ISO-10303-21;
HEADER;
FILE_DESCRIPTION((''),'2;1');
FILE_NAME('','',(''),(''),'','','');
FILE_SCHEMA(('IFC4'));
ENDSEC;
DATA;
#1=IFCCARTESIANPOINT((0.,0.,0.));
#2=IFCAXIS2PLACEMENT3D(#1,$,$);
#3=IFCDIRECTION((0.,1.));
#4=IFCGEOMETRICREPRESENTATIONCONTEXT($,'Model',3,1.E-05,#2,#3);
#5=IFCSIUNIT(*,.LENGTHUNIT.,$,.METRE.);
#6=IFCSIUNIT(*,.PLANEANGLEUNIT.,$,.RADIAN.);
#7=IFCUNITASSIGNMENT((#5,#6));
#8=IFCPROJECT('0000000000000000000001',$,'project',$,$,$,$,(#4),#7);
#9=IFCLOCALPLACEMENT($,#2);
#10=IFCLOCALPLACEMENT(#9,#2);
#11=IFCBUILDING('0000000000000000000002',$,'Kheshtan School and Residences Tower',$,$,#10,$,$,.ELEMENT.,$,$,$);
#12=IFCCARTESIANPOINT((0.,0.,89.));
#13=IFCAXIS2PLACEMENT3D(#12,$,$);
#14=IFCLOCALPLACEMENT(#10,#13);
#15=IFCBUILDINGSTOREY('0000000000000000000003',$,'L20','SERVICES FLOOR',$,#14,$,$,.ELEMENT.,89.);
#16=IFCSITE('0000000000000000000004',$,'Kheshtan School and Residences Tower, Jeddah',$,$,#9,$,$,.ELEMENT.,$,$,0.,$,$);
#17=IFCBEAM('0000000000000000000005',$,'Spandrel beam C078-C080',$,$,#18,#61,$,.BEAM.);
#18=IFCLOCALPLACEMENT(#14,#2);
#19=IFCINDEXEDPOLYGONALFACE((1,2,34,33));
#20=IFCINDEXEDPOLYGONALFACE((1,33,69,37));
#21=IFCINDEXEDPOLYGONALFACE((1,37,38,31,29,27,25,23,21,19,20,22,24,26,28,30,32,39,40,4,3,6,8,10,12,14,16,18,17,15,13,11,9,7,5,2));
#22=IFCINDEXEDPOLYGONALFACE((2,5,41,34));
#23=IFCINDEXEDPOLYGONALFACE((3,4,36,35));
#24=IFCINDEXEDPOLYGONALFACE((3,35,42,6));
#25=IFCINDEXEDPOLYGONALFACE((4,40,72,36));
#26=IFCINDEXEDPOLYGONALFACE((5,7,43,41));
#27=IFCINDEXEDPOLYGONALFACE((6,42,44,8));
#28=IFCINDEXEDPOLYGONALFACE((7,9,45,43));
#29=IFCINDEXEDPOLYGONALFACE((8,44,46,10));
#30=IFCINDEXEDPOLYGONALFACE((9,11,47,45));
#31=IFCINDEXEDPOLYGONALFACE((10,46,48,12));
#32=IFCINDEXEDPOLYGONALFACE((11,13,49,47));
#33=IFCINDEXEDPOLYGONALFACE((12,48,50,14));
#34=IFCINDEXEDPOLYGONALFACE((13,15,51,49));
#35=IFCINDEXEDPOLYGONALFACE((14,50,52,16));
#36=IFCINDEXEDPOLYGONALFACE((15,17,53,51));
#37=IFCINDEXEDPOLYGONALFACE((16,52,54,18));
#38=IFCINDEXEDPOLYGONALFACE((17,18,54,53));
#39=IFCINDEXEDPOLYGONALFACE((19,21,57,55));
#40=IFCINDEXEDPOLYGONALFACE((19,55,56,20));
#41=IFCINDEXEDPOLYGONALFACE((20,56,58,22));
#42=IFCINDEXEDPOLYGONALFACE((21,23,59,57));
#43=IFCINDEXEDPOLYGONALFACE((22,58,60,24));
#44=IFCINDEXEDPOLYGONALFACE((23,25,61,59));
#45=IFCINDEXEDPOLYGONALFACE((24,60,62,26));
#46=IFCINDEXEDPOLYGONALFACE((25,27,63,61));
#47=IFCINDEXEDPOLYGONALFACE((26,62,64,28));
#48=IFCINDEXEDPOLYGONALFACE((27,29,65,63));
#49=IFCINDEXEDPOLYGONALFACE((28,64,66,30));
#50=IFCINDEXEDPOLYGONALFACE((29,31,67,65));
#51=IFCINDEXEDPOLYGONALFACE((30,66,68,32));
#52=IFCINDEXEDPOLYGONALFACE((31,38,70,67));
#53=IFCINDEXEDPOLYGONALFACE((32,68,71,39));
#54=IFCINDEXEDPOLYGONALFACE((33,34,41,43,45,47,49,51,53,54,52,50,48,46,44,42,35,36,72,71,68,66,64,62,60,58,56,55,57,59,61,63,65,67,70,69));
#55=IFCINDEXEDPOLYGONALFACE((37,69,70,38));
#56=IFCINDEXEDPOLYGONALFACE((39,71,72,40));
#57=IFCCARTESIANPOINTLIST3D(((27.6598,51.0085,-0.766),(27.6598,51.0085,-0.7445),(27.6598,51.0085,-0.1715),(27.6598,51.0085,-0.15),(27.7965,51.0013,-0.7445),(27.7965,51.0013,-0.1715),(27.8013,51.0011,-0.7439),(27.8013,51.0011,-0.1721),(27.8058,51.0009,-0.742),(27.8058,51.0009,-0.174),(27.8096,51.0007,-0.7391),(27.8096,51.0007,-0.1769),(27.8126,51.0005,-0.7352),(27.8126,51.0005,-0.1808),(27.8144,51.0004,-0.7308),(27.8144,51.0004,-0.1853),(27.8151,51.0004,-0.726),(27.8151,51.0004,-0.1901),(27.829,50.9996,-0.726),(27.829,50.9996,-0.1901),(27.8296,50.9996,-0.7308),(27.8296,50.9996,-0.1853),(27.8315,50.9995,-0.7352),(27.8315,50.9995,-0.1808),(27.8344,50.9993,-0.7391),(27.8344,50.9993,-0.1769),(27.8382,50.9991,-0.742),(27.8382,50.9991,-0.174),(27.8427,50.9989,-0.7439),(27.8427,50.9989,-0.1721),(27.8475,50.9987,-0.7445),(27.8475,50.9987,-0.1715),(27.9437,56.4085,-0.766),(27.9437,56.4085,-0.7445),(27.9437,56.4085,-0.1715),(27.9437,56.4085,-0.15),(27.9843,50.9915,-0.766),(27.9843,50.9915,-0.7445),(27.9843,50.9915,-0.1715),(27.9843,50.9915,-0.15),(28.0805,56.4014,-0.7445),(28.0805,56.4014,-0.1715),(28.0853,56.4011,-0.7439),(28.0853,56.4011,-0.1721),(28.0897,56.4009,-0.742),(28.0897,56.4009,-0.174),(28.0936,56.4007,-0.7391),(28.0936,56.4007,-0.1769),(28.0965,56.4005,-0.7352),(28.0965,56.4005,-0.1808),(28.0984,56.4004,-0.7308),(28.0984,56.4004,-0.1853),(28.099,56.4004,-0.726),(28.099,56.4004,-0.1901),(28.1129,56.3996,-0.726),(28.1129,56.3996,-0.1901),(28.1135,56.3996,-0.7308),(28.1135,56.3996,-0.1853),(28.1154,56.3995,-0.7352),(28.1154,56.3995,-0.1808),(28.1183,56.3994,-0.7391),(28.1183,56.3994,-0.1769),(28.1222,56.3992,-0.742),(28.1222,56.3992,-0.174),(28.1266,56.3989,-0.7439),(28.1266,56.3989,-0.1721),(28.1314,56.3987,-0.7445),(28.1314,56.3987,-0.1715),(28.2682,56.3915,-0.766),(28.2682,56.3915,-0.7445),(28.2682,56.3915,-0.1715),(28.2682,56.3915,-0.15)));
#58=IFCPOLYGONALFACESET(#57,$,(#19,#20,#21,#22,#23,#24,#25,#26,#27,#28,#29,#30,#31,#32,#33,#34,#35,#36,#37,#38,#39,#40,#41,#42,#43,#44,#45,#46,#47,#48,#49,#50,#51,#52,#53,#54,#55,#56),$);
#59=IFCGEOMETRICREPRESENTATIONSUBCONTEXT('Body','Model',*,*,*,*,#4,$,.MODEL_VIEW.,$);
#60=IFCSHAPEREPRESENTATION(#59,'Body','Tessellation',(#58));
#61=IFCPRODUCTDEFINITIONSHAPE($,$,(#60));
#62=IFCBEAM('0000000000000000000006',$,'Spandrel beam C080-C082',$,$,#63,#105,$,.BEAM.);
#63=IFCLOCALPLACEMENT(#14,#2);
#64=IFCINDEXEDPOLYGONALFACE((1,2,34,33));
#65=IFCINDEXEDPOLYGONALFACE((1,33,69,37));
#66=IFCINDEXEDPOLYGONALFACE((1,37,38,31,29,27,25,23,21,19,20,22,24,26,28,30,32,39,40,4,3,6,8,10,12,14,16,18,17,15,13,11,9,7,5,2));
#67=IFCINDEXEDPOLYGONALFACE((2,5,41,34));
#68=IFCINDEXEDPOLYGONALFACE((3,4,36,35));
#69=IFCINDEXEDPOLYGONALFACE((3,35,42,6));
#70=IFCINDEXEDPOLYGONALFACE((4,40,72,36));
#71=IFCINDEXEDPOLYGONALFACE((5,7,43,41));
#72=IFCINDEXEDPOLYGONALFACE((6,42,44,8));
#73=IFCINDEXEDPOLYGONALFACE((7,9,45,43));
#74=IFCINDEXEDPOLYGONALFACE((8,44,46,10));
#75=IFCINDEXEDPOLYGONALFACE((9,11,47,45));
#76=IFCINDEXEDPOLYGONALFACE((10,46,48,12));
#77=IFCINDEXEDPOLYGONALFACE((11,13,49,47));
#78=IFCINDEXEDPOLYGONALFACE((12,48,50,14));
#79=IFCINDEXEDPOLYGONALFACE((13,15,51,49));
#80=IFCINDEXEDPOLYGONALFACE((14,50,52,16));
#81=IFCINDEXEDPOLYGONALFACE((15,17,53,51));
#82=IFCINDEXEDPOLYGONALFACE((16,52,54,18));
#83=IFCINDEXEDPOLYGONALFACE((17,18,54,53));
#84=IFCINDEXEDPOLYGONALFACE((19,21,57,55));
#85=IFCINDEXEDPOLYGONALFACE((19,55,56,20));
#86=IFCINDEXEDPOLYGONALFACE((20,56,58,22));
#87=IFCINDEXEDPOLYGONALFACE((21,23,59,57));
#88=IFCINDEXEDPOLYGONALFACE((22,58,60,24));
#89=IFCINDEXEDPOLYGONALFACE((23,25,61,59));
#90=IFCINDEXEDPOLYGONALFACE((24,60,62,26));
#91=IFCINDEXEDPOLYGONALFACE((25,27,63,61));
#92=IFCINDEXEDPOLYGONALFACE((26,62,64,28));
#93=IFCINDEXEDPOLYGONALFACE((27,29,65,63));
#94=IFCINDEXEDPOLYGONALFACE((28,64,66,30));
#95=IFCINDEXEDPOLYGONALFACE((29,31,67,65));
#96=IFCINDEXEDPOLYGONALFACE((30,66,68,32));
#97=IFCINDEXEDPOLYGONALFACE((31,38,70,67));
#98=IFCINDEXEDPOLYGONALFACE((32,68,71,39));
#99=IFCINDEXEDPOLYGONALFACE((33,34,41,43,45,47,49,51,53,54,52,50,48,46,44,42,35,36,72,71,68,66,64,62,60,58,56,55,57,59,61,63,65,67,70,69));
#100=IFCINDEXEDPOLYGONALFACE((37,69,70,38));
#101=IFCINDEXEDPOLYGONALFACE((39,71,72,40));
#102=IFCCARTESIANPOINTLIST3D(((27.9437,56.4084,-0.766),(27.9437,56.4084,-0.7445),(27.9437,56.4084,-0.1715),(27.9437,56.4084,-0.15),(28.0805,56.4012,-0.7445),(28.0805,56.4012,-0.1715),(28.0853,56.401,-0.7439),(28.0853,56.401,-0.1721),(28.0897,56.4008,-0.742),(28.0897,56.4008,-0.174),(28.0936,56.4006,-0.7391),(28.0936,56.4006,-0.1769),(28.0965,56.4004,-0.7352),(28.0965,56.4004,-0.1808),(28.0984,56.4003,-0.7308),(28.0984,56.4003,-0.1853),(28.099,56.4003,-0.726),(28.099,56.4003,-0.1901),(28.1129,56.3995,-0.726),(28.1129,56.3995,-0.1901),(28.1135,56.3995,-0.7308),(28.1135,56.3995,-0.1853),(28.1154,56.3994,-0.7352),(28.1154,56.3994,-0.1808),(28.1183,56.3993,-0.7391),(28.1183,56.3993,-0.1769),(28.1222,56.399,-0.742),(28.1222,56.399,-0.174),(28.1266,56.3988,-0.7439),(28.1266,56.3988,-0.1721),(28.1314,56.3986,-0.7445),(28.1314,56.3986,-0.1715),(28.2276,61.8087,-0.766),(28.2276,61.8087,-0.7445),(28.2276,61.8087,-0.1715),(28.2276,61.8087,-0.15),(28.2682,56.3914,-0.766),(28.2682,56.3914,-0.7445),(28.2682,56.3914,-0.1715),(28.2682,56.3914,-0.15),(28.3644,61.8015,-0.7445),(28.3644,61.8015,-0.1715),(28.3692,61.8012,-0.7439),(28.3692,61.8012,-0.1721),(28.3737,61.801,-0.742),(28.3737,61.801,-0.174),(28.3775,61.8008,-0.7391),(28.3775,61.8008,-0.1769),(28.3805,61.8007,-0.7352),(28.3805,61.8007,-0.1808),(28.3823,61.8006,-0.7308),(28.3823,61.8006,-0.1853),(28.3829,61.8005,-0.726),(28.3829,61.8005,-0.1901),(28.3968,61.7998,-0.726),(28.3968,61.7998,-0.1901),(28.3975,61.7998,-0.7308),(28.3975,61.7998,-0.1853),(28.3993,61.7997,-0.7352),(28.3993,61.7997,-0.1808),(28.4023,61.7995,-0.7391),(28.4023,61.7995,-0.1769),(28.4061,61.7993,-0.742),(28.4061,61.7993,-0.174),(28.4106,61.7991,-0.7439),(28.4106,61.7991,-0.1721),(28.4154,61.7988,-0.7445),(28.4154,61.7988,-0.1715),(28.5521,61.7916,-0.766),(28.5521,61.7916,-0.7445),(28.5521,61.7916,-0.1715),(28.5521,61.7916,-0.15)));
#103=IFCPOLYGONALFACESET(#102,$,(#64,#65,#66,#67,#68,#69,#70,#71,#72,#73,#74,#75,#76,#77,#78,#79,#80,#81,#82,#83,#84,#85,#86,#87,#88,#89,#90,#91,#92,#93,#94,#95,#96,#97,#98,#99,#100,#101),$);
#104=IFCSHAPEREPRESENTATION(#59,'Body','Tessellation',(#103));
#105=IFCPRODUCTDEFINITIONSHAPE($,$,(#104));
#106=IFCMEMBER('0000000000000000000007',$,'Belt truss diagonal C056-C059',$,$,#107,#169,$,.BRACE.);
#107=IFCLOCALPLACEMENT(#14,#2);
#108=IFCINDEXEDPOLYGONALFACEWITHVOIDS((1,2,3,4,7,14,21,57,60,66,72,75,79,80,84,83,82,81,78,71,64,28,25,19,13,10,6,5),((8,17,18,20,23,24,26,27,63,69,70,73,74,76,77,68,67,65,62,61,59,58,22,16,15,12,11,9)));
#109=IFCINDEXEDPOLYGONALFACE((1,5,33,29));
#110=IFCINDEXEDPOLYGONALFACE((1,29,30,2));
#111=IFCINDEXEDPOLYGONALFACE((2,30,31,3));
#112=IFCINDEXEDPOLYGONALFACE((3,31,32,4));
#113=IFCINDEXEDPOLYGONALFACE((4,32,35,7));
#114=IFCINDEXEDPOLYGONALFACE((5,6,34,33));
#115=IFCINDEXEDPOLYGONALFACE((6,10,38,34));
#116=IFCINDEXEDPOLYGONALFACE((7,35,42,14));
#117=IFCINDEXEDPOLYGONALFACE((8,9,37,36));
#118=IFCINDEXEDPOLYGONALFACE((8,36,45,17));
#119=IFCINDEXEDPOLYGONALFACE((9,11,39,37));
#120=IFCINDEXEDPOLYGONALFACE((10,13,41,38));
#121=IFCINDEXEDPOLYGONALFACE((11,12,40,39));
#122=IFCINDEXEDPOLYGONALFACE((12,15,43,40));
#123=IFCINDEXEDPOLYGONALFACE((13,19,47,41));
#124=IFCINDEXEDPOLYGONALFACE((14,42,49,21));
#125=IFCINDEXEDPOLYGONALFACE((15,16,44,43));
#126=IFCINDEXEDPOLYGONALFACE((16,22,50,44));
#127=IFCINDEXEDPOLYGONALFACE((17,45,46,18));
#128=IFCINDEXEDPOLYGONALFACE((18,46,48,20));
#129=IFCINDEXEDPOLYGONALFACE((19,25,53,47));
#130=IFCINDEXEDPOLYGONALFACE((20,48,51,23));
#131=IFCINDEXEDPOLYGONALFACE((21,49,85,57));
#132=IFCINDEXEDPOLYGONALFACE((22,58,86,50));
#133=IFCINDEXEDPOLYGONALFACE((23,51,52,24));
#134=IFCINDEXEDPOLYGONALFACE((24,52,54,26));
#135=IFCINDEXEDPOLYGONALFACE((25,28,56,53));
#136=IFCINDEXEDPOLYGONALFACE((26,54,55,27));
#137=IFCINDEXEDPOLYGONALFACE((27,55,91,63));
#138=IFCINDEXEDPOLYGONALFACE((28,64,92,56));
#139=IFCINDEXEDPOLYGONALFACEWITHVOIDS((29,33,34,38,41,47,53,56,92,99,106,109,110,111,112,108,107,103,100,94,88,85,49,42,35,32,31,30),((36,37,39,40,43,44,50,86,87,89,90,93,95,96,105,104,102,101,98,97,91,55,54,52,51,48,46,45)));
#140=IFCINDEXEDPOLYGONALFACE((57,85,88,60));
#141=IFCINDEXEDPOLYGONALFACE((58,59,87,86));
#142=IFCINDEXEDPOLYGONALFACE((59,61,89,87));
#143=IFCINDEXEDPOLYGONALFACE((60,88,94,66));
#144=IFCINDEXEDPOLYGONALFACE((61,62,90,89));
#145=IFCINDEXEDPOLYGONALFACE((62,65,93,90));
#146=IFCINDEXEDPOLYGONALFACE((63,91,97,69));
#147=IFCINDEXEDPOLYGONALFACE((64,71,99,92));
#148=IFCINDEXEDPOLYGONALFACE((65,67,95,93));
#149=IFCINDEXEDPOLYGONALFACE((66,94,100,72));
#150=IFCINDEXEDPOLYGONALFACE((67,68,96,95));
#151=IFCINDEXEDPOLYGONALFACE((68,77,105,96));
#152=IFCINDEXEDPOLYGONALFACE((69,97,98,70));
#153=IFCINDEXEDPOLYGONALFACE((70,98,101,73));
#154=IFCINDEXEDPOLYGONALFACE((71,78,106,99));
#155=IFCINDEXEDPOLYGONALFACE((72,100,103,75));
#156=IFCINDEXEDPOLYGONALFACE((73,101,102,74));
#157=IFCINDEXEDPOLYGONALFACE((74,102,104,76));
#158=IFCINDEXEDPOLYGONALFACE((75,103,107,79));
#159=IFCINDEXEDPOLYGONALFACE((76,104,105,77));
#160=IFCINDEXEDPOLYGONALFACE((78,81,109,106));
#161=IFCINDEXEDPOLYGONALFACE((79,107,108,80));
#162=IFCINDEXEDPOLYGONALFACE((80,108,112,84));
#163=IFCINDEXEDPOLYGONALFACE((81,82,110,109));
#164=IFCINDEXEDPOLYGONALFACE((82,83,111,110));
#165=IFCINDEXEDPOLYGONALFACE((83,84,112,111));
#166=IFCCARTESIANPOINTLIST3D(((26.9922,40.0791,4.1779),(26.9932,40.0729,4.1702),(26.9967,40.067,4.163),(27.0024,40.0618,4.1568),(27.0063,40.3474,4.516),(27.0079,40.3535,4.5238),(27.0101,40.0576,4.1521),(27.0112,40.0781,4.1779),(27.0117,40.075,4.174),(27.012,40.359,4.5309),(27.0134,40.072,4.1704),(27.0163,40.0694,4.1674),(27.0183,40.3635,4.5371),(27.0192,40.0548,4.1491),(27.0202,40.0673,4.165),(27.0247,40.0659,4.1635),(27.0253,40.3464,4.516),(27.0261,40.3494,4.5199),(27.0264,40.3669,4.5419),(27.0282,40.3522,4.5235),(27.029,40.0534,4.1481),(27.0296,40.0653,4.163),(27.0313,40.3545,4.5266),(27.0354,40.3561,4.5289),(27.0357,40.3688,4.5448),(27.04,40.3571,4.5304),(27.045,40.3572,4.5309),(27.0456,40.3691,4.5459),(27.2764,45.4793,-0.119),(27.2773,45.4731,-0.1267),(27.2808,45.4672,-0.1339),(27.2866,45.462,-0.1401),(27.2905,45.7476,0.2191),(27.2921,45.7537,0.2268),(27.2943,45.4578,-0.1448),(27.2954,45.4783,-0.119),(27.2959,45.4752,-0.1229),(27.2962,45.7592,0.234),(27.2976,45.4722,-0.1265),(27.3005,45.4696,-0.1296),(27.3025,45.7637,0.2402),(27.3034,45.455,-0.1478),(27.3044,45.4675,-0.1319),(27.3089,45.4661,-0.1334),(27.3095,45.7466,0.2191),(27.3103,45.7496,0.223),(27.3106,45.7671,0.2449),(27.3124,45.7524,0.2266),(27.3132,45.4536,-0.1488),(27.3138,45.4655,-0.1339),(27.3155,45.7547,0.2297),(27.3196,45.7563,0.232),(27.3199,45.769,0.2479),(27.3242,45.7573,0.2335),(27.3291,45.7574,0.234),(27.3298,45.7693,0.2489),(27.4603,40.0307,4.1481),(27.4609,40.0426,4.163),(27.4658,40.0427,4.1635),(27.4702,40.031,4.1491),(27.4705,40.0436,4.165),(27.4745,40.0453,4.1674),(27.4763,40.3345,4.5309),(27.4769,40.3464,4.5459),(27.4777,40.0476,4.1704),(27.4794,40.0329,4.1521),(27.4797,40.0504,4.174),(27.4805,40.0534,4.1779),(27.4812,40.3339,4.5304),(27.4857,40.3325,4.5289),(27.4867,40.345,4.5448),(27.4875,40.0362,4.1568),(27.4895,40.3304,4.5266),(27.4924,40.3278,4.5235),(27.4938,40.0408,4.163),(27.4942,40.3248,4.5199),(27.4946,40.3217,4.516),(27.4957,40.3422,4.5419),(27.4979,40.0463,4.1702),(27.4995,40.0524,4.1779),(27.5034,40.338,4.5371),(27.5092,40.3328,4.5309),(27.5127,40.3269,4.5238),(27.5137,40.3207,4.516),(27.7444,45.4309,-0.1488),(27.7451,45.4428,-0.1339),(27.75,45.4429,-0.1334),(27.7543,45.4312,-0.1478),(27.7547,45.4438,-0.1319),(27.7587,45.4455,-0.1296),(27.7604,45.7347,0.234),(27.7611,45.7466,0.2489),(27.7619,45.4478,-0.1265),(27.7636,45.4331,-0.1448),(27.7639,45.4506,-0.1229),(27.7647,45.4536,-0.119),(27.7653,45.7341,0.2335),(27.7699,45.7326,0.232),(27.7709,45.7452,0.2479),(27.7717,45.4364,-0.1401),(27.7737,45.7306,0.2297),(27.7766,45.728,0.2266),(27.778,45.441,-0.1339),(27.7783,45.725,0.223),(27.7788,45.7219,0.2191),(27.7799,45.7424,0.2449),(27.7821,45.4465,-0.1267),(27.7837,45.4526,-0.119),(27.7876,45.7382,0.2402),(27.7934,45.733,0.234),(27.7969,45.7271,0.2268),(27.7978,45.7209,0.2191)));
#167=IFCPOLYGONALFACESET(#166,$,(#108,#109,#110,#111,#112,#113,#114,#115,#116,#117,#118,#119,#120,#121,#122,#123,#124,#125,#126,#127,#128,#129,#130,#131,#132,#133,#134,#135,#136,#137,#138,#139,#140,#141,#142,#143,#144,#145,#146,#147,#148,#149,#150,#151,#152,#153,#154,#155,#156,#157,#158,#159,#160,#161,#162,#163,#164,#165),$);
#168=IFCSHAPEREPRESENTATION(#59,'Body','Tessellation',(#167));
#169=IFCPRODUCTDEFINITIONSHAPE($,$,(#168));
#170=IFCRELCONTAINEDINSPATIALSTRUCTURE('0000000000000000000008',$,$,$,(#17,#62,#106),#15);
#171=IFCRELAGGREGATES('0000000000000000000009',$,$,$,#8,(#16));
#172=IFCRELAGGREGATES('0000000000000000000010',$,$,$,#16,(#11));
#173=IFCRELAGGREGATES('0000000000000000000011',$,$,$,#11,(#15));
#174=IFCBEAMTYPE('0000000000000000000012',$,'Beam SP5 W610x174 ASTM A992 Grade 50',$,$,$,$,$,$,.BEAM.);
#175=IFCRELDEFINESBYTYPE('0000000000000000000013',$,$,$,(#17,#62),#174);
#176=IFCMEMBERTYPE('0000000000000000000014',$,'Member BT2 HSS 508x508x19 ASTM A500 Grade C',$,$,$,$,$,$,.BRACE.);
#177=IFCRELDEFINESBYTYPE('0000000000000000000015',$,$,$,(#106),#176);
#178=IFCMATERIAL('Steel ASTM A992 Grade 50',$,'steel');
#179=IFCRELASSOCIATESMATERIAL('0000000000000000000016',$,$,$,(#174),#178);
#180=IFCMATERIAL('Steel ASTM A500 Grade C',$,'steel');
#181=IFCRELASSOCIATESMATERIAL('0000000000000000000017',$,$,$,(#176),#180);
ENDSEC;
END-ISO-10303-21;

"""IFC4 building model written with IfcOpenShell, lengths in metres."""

from ifc_helpers import new_model, si_unit, direction, frame, origin, origin_2d, place, context, subcontext, project, spatial, hollow_rectangle, i_section, extrude, material, material_profile, profile_set, type_object, element, save


model = new_model("IFC4")

# Units and contexts
model_context = context("Model", 3, precision=1e-05, world=origin(), true_north=direction((0.0, 1.0)))
body_context = subcontext(model_context, "Body", "Model", "MODEL_VIEW")
ifc_project = project(units=[si_unit("LENGTHUNIT", "METRE"), si_unit("PLANEANGLEUNIT", "RADIAN")], contexts=[model_context])

# Site, building, storey
site_placement = place(None, origin())
site = spatial("IfcSite", under=ifc_project, at=site_placement, Name="Kheshtan School and Residences Tower, Jeddah", CompositionType="ELEMENT", RefElevation=0.0)
building_placement = place(site_placement, origin())
building = spatial("IfcBuilding", under=site, at=building_placement, Name="Kheshtan School and Residences Tower", CompositionType="ELEMENT")
storey_placement = place(building_placement, frame((0.0, 0.0, 89.0)))
storey = spatial("IfcBuildingStorey", under=building, at=storey_placement, Name="L20", Description="SERVICES FLOOR", CompositionType="ELEMENT", Elevation=89.0)

# Shared definitions
ifc_material_1 = material(Name="Steel ASTM A992 Grade 50", Category="steel")

# Beams
ifc_material_profile_1 = material_profile(ifc_material_1, i_section(OverallWidth=0.325, OverallDepth=0.616, WebThickness=0.0139, FlangeThickness=0.0215, FilletRadius=0.0186, at=origin_2d()), Name="W610x174")
ifc_profile_set_1 = profile_set([ifc_material_profile_1], Name="Steel ASTM A992 Grade 50")
beam_type_1 = type_object("IfcBeamType", Name="Beam SP5 W610x174 ASTM A992 Grade 50", PredefinedType="BEAM", material=ifc_profile_set_1)
for number, where, z_axis, x_axis, name in (
    (1, (27.822, 51.0, -0.458), (0.052509, 0.99862, 0.0), (-0.99862, 0.052509, 0.0), "Spandrel beam C078-C080"),
):
    element("IfcBeam", number, at=place(storey_placement, frame(where, z_axis=z_axis, x_axis=x_axis)), inside=storey, type_object=beam_type_1, Name=name, PredefinedType="BEAM", context=body_context, shape_type="SweptSolid", body=[
        extrude(i_section(OverallWidth=0.325, OverallDepth=0.616, WebThickness=0.0139, FlangeThickness=0.0215, FilletRadius=0.0186, at=origin_2d()), origin(), (0.0, 0.0, 1.0), 5.4075),
    ])
beam_1_placement = place(storey_placement, frame((28.106, 56.3999, -0.458), z_axis=(0.052507, 0.998621, 0.0), x_axis=(-0.998621, 0.052507, 0.0)))
element("IfcBeam", 2, at=beam_1_placement, inside=storey, type_object=beam_type_1, Name="Spandrel beam C080-C082", PredefinedType="BEAM", context=body_context, shape_type="SweptSolid", body=[
    extrude(i_section(OverallWidth=0.325, OverallDepth=0.616, WebThickness=0.0139, FlangeThickness=0.0215, FilletRadius=0.0186, at=origin_2d()), origin(), (0.0, 0.0, 1.0), 5.4077),
])

# Member
ifc_material_2 = material(Name="Steel ASTM A500 Grade C", Category="steel")
ifc_material_profile_2 = material_profile(ifc_material_2, hollow_rectangle(XDim=0.5081, YDim=0.5081, WallThickness=0.019, InnerFilletRadius=0.019, OuterFilletRadius=0.0381, at=origin_2d()), Name="HSS 508x508x19")
ifc_profile_set_2 = profile_set([ifc_material_profile_2], Name="Steel ASTM A500 Grade C")
member_type = type_object("IfcMemberType", Name="Member BT2 HSS 508x508x19 ASTM A500 Grade C", PredefinedType="BRACE", material=ifc_profile_set_2)
member_1_placement = place(storey_placement, frame((27.5371, 45.6001, 0.05), z_axis=(-0.041144, -0.781846, 0.622112), x_axis=(0.998618, -0.052552, 0.0)))
element("IfcMember", 3, at=member_1_placement, inside=storey, type_object=member_type, Name="Belt truss diagonal C056-C059", PredefinedType="BRACE", context=body_context, shape_type="SweptSolid", body=[
    extrude(hollow_rectangle(XDim=0.5081, YDim=0.5081, WallThickness=0.019, InnerFilletRadius=0.019, OuterFilletRadius=0.0381, at=origin_2d()), origin(), (0.0, 0.0, 1.0), 6.907),
])

save(model, "model.ifc")
